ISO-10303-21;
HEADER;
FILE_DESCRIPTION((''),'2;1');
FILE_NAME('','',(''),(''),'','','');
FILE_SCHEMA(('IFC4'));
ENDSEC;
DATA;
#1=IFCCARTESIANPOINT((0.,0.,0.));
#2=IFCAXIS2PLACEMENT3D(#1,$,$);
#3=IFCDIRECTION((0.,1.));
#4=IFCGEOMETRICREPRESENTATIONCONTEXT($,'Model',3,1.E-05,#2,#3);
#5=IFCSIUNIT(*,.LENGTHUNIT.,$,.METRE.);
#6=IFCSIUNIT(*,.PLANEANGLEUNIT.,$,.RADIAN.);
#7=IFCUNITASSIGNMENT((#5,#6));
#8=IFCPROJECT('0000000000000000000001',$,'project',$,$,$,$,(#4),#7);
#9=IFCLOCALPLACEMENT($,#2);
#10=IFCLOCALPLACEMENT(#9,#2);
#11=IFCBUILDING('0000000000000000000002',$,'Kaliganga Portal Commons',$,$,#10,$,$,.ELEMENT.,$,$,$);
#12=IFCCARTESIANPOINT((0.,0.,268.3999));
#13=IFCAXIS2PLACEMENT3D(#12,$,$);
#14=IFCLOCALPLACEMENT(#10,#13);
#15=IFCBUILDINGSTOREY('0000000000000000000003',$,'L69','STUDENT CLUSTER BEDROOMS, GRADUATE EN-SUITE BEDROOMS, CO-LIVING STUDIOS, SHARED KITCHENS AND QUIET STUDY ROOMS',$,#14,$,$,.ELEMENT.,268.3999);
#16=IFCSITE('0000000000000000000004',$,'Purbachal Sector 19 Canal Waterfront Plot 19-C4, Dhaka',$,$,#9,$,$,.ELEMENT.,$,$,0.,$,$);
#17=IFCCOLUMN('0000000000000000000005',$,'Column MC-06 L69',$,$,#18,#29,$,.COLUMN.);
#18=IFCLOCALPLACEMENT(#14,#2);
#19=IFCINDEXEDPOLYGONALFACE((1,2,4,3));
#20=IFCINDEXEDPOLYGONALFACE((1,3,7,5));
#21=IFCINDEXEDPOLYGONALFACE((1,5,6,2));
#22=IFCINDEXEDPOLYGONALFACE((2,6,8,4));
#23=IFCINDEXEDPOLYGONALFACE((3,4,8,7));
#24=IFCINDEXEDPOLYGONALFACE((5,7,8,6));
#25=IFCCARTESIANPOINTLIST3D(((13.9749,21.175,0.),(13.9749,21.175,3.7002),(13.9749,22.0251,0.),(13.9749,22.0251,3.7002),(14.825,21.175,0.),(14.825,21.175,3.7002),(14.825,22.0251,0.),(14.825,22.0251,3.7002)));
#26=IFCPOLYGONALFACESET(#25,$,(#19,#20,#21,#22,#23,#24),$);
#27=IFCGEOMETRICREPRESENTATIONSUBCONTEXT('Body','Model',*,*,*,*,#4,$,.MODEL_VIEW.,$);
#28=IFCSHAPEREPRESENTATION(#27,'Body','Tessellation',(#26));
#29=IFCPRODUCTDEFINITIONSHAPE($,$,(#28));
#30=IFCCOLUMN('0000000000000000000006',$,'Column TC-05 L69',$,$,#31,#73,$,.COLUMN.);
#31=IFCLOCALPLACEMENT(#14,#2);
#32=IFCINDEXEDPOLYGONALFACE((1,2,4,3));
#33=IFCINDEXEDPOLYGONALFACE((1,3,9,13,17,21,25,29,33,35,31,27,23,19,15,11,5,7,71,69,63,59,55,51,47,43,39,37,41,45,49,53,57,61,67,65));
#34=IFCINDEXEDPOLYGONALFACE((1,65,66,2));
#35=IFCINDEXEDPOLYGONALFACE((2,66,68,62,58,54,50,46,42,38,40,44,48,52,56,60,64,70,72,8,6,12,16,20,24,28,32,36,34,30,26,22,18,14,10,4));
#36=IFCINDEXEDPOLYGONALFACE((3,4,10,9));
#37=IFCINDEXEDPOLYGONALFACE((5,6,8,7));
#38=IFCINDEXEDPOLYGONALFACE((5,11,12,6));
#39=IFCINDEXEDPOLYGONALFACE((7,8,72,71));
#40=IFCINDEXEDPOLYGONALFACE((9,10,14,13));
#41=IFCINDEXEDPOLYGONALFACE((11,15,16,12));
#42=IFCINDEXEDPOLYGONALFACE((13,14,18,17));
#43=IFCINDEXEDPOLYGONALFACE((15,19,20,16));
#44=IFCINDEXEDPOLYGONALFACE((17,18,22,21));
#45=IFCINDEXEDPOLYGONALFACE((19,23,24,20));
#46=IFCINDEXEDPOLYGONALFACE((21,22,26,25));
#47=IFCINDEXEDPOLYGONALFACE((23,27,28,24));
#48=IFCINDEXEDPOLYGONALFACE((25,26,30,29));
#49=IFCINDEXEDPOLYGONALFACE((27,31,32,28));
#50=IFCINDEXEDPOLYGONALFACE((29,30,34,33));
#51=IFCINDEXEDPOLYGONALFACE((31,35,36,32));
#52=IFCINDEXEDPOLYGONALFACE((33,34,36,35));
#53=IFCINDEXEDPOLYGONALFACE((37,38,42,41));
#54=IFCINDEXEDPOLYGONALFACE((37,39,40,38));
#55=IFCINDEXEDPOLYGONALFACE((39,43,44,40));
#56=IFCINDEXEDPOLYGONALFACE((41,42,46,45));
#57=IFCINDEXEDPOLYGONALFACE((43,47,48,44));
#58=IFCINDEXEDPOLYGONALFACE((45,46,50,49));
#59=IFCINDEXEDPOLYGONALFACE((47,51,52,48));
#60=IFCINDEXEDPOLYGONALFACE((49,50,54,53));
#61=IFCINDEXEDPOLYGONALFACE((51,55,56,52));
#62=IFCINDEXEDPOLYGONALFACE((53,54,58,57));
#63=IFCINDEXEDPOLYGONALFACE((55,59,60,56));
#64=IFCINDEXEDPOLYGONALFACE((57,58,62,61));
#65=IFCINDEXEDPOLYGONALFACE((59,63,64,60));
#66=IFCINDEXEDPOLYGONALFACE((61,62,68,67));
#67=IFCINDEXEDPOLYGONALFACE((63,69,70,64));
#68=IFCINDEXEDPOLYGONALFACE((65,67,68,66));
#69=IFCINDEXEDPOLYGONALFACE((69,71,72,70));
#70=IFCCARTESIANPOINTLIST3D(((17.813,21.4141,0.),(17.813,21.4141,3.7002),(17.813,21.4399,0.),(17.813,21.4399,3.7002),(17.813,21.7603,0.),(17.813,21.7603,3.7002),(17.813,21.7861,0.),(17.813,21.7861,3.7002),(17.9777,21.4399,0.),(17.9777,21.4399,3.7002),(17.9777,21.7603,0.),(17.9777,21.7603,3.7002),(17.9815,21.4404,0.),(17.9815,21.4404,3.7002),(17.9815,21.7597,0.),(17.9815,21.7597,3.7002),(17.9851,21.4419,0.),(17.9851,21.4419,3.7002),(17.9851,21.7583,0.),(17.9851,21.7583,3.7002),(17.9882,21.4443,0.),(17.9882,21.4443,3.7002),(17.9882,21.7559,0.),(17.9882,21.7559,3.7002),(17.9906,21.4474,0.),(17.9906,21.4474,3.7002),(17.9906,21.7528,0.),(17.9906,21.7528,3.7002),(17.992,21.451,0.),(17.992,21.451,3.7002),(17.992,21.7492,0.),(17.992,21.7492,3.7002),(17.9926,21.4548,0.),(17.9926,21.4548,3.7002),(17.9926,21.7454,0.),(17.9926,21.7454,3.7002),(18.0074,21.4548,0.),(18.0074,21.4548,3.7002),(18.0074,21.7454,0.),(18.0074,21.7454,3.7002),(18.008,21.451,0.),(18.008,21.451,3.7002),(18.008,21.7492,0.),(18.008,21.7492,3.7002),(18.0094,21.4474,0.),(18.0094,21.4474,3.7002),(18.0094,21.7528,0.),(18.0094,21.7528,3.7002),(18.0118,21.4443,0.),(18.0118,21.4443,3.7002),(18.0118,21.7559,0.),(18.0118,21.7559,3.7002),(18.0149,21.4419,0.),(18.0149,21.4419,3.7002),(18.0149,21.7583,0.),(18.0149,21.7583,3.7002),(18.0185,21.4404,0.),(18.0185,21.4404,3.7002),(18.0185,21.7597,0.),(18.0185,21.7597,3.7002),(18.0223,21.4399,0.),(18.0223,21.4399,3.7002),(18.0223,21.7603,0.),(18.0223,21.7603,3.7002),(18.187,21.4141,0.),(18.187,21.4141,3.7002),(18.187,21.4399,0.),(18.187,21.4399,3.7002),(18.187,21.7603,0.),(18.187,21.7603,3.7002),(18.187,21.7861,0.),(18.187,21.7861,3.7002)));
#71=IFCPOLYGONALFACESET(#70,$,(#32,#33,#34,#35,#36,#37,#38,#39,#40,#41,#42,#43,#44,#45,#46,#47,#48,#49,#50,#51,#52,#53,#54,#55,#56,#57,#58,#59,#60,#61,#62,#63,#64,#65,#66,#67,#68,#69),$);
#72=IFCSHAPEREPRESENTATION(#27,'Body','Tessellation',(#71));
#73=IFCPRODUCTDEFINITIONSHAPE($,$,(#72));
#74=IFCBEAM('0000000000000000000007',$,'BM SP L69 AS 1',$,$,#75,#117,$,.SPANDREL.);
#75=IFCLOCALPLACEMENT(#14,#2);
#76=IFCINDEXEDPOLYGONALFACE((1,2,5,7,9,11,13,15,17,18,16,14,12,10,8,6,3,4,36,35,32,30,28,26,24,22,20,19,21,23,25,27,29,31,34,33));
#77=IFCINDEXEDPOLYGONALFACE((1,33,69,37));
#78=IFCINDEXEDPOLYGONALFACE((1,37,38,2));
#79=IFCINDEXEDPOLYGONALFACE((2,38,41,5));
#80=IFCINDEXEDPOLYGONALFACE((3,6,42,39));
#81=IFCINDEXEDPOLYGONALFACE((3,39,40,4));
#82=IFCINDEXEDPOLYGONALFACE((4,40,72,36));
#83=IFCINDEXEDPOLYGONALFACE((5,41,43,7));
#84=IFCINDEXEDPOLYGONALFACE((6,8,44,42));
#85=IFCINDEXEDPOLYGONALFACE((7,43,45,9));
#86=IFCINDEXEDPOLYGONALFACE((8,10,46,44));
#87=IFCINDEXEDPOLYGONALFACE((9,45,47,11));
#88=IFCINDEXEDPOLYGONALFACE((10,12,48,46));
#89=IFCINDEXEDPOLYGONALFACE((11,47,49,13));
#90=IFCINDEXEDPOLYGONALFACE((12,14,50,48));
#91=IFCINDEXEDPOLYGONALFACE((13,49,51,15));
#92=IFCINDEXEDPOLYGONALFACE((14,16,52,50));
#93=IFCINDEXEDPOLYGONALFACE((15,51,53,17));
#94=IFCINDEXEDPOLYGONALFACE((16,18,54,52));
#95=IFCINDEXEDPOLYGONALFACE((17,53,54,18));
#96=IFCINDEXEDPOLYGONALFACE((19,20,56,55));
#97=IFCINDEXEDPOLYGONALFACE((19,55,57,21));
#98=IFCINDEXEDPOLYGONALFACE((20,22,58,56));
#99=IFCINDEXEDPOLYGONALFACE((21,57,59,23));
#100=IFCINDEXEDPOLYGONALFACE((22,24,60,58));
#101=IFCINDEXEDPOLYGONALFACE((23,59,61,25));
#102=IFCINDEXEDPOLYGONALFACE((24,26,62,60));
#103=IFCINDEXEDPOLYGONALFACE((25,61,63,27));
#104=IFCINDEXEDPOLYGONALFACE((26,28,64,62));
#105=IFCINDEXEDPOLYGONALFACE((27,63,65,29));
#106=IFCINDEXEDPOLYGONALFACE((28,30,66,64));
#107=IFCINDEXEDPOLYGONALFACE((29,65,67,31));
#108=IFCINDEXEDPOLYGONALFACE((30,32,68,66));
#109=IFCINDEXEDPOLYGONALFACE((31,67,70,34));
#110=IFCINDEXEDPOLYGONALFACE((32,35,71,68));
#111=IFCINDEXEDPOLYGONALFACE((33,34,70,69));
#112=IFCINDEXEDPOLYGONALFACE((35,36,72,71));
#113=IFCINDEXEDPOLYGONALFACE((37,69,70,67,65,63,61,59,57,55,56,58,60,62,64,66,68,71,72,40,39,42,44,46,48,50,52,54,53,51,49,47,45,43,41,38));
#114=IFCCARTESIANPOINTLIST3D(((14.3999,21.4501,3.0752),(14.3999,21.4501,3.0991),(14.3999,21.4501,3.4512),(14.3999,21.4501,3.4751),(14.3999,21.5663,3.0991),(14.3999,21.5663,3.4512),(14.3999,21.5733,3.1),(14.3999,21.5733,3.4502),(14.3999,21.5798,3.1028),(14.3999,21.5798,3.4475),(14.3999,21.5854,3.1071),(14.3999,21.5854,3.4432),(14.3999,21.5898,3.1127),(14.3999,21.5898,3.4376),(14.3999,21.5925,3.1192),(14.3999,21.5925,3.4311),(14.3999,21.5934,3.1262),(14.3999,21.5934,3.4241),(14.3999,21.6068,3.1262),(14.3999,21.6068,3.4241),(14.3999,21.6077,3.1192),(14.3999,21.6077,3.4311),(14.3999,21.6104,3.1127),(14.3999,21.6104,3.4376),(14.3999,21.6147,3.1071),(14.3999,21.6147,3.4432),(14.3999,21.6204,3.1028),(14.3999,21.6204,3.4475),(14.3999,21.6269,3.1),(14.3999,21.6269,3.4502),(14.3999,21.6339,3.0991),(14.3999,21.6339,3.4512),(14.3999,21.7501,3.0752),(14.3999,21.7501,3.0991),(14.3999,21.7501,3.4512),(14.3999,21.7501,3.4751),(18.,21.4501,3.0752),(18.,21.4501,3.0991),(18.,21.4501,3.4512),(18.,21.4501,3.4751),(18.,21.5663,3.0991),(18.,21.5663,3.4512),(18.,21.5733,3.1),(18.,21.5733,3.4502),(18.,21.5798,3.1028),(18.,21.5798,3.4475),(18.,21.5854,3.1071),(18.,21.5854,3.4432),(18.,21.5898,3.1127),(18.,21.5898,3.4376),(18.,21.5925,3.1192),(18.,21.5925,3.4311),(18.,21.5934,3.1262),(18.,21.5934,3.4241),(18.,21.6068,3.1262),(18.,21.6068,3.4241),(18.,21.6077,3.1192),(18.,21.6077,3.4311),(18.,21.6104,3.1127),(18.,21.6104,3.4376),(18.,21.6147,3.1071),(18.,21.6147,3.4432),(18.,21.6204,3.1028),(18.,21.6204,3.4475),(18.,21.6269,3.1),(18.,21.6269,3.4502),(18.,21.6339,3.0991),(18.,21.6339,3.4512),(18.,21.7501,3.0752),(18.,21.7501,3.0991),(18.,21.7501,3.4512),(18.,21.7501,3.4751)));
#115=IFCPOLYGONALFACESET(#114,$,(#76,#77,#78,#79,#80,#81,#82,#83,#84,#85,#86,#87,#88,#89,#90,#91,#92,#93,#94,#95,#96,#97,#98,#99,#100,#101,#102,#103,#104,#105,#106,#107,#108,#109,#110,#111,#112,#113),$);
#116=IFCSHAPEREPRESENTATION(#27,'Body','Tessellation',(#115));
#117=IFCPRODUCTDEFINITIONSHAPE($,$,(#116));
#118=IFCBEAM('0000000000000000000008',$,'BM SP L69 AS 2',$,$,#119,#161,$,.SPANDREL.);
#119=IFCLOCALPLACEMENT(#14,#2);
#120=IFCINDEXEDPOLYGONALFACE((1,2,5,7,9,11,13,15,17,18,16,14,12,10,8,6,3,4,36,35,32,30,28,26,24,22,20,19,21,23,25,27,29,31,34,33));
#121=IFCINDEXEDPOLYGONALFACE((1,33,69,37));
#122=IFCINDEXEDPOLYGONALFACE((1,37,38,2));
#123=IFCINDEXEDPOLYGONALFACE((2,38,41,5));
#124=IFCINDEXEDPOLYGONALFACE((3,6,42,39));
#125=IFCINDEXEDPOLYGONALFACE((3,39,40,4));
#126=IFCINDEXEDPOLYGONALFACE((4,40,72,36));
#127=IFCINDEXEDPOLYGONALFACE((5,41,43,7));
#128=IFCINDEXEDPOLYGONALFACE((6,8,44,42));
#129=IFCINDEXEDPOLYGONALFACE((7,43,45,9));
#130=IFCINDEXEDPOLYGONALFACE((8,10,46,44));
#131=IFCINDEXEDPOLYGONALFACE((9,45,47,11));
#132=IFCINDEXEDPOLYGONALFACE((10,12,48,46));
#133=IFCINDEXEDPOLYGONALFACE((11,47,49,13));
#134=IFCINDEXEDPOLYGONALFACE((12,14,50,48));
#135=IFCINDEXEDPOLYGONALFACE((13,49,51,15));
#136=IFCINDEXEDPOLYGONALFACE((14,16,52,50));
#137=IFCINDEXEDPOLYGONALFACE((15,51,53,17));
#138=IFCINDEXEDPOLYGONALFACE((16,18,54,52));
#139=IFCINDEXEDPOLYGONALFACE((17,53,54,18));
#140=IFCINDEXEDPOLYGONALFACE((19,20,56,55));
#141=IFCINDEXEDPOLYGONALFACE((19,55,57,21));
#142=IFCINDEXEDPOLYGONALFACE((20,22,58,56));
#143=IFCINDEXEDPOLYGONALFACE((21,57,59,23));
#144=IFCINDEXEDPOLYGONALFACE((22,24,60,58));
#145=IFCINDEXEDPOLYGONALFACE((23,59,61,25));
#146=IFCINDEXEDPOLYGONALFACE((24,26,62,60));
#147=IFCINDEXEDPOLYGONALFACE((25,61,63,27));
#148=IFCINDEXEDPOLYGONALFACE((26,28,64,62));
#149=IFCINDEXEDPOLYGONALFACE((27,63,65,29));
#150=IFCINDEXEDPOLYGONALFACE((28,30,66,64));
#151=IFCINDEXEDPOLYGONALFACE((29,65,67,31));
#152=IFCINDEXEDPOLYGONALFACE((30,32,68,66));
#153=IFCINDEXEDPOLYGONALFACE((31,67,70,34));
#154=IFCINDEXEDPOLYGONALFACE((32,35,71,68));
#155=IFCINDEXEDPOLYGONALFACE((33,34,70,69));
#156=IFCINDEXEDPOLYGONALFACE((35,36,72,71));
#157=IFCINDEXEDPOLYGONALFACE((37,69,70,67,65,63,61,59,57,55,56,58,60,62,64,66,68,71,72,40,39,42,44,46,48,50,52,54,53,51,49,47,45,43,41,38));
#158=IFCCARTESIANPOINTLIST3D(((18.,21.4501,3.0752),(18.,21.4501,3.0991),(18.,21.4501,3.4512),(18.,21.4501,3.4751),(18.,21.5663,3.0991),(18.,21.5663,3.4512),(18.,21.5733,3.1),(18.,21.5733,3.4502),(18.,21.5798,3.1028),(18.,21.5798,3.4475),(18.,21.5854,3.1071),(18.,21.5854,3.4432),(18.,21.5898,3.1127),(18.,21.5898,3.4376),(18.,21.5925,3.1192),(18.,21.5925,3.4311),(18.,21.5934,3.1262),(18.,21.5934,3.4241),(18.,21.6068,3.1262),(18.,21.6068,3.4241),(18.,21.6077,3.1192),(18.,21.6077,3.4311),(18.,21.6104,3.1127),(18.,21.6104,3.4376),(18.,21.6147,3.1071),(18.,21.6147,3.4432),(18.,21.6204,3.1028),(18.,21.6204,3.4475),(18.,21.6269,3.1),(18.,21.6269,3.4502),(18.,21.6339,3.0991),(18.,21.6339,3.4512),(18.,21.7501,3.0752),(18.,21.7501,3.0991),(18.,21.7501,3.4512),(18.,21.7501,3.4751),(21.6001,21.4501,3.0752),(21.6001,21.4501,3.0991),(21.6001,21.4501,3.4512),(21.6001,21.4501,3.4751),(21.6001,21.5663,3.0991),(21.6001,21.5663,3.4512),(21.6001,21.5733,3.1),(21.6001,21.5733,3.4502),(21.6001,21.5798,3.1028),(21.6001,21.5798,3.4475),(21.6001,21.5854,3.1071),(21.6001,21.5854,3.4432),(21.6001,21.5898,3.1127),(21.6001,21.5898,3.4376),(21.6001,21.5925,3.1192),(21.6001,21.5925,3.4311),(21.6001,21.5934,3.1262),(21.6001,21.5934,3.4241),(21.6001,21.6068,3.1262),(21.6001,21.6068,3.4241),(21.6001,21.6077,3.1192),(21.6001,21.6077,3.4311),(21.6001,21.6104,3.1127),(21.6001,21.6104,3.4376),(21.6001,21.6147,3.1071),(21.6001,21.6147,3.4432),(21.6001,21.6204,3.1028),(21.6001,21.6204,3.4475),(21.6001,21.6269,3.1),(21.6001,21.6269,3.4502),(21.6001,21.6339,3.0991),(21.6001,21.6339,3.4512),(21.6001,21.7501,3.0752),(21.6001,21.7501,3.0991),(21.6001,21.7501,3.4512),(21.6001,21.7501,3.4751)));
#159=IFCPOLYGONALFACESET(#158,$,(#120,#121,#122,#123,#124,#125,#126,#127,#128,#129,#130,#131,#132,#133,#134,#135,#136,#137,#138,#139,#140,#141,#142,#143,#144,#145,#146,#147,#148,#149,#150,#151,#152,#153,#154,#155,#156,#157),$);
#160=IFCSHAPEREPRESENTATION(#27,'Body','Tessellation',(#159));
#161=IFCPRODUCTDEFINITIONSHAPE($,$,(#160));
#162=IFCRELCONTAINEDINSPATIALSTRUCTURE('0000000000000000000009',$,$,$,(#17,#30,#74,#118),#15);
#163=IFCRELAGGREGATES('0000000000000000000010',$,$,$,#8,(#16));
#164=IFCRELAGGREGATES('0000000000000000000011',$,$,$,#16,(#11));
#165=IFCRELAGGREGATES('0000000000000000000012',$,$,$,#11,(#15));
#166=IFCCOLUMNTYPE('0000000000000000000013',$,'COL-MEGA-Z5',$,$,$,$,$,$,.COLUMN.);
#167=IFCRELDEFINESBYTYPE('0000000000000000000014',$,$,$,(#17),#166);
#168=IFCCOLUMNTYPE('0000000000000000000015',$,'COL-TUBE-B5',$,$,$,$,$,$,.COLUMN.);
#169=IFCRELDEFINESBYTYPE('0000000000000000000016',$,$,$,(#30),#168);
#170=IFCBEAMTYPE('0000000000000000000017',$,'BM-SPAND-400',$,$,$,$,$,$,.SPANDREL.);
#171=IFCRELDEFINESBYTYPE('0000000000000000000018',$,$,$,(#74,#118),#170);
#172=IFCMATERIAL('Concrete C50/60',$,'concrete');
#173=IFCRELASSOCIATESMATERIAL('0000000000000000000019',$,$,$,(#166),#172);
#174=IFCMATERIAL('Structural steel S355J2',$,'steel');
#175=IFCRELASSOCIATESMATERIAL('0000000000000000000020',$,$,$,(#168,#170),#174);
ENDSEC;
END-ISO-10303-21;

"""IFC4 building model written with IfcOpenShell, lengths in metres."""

from ifc_helpers import new_model, si_unit, direction, frame, origin, origin_2d, place, context, subcontext, project, spatial, rectangle, i_section, extrude, source, transform, mapped, material, material_profile, profile_set, type_object, element, save


model = new_model("IFC4")

# Units and contexts
model_context = context("Model", 3, precision=1e-05, world=origin(), true_north=direction((0.0, 1.0)))
body_context = subcontext(model_context, "Body", "Model", "MODEL_VIEW")
ifc_project = project(units=[si_unit("LENGTHUNIT", "METRE"), si_unit("PLANEANGLEUNIT", "RADIAN")], contexts=[model_context])

# Site, building, storey
site_placement = place(None, origin())
site = spatial("IfcSite", under=ifc_project, at=site_placement, Name="Purbachal Sector 19 Canal Waterfront Plot 19-C4, Dhaka", CompositionType="ELEMENT", RefElevation=0.0)
building_placement = place(site_placement, origin())
building = spatial("IfcBuilding", under=site, at=building_placement, Name="Kaliganga Portal Commons", CompositionType="ELEMENT")
storey_placement = place(building_placement, frame((0.0, 0.0, 268.3999)))
storey = spatial("IfcBuildingStorey", under=building, at=storey_placement, Name="L69", Description="STUDENT CLUSTER BEDROOMS, GRADUATE EN-SUITE BEDROOMS, CO-LIVING STUDIOS, SHARED KITCHENS AND QUIET STUDY ROOMS", CompositionType="ELEMENT", Elevation=268.3999)

# Columns
ifc_material_1 = material(Name="Concrete C50/60", Category="concrete")
ifc_material_profile_1 = material_profile(ifc_material_1, rectangle(XDim=0.8501, YDim=0.8501, at=origin_2d()), Name="RC 850x850")
ifc_profile_set_1 = profile_set([ifc_material_profile_1], Name="Concrete C50/60")
column_type_1 = type_object("IfcColumnType", Name="COL-MEGA-Z5", PredefinedType="COLUMN", material=ifc_profile_set_1)
shared_shape_1 = source(origin(), body_context, "Body", "SweptSolid", [
    extrude(rectangle(XDim=0.8501, YDim=0.8501, at=origin_2d()), origin(), (0.0, 0.0, 1.0), 3.7002),
])
column_1_placement = place(storey_placement, frame((14.3999, 21.6001, 0.0), z_axis=(0.0, 0.0, 1.0), x_axis=(1.0, 0.0, 0.0)))
element("IfcColumn", 1, at=column_1_placement, inside=storey, type_object=column_type_1, Name="Column MC-06 L69", PredefinedType="COLUMN", context=body_context, shape_type="MappedRepresentation", body=[
    mapped(shared_shape_1, transform((0.0, 0.0, 0.0), x_axis=(1.0, 0.0, 0.0), y_axis=(0.0, 1.0, 0.0), z_axis=(0.0, 0.0, 1.0), scale=1.0)),
])
ifc_material_2 = material(Name="Structural steel S355J2", Category="steel")
ifc_material_profile_2 = material_profile(ifc_material_2, i_section(OverallWidth=0.374, OverallDepth=0.3721, WebThickness=0.0149, FlangeThickness=0.0259, FilletRadius=0.0149, at=origin_2d()), Name="HD 360x196")
ifc_profile_set_2 = profile_set([ifc_material_profile_2], Name="Structural steel S355J2 wide-flange")
column_type_2 = type_object("IfcColumnType", Name="COL-TUBE-B5", PredefinedType="COLUMN", material=ifc_profile_set_2)
shared_shape_2 = source(origin(), body_context, "Body", "SweptSolid", [
    extrude(i_section(OverallWidth=0.374, OverallDepth=0.3721, WebThickness=0.0149, FlangeThickness=0.0259, FilletRadius=0.0149, at=origin_2d()), origin(), (0.0, 0.0, 1.0), 3.7002),
])
column_2_placement = place(storey_placement, frame((18.0, 21.6001, 0.0), z_axis=(0.0, 0.0, 1.0), x_axis=(1.0, 0.0, 0.0)))
element("IfcColumn", 2, at=column_2_placement, inside=storey, type_object=column_type_2, Name="Column TC-05 L69", PredefinedType="COLUMN", context=body_context, shape_type="MappedRepresentation", body=[
    mapped(shared_shape_2, transform((0.0, 0.0, 0.0), x_axis=(1.0, 0.0, 0.0), y_axis=(0.0, 1.0, 0.0), z_axis=(0.0, 0.0, 1.0), scale=1.0)),
])

# Beams
ifc_material_profile_3 = material_profile(ifc_material_2, i_section(OverallWidth=0.3, OverallDepth=0.3999, WebThickness=0.0134, FlangeThickness=0.0239, FilletRadius=0.0271, at=origin_2d()), Name="HE 400 B")
ifc_profile_set_3 = profile_set([ifc_material_profile_3], Name="Structural steel S355J2 wide-flange")
beam_type_1 = type_object("IfcBeamType", Name="BM-SPAND-400", PredefinedType="SPANDREL", material=ifc_profile_set_3)
shared_shape_3 = source(origin(), body_context, "Body", "SweptSolid", [
    extrude(i_section(OverallWidth=0.3, OverallDepth=0.3999, WebThickness=0.0134, FlangeThickness=0.0239, FilletRadius=0.0271, at=origin_2d()), origin(), (0.0, 0.0, 1.0), 3.6001),
])
for number, where, z_axis, x_axis, name in (
    (3, (14.3999, 21.6001, 3.2751), (1.0, 0.0, 0.0), (0.0, 1.0, 0.0), "BM SP L69 AS 1"),
    (4, (18.0, 21.6001, 3.2751), (1.0, 0.0, 0.0), (0.0, 1.0, 0.0), "BM SP L69 AS 2"),
):
    element("IfcBeam", number, at=place(storey_placement, frame(where, z_axis=z_axis, x_axis=x_axis)), inside=storey, type_object=beam_type_1, Name=name, PredefinedType="SPANDREL", context=body_context, shape_type="MappedRepresentation", body=[
        mapped(shared_shape_3, transform((0.0, 0.0, 0.0), x_axis=(1.0, 0.0, 0.0), y_axis=(0.0, 1.0, 0.0), z_axis=(0.0, 0.0, 1.0), scale=1.0)),
    ])

save(model, "model.ifc")
